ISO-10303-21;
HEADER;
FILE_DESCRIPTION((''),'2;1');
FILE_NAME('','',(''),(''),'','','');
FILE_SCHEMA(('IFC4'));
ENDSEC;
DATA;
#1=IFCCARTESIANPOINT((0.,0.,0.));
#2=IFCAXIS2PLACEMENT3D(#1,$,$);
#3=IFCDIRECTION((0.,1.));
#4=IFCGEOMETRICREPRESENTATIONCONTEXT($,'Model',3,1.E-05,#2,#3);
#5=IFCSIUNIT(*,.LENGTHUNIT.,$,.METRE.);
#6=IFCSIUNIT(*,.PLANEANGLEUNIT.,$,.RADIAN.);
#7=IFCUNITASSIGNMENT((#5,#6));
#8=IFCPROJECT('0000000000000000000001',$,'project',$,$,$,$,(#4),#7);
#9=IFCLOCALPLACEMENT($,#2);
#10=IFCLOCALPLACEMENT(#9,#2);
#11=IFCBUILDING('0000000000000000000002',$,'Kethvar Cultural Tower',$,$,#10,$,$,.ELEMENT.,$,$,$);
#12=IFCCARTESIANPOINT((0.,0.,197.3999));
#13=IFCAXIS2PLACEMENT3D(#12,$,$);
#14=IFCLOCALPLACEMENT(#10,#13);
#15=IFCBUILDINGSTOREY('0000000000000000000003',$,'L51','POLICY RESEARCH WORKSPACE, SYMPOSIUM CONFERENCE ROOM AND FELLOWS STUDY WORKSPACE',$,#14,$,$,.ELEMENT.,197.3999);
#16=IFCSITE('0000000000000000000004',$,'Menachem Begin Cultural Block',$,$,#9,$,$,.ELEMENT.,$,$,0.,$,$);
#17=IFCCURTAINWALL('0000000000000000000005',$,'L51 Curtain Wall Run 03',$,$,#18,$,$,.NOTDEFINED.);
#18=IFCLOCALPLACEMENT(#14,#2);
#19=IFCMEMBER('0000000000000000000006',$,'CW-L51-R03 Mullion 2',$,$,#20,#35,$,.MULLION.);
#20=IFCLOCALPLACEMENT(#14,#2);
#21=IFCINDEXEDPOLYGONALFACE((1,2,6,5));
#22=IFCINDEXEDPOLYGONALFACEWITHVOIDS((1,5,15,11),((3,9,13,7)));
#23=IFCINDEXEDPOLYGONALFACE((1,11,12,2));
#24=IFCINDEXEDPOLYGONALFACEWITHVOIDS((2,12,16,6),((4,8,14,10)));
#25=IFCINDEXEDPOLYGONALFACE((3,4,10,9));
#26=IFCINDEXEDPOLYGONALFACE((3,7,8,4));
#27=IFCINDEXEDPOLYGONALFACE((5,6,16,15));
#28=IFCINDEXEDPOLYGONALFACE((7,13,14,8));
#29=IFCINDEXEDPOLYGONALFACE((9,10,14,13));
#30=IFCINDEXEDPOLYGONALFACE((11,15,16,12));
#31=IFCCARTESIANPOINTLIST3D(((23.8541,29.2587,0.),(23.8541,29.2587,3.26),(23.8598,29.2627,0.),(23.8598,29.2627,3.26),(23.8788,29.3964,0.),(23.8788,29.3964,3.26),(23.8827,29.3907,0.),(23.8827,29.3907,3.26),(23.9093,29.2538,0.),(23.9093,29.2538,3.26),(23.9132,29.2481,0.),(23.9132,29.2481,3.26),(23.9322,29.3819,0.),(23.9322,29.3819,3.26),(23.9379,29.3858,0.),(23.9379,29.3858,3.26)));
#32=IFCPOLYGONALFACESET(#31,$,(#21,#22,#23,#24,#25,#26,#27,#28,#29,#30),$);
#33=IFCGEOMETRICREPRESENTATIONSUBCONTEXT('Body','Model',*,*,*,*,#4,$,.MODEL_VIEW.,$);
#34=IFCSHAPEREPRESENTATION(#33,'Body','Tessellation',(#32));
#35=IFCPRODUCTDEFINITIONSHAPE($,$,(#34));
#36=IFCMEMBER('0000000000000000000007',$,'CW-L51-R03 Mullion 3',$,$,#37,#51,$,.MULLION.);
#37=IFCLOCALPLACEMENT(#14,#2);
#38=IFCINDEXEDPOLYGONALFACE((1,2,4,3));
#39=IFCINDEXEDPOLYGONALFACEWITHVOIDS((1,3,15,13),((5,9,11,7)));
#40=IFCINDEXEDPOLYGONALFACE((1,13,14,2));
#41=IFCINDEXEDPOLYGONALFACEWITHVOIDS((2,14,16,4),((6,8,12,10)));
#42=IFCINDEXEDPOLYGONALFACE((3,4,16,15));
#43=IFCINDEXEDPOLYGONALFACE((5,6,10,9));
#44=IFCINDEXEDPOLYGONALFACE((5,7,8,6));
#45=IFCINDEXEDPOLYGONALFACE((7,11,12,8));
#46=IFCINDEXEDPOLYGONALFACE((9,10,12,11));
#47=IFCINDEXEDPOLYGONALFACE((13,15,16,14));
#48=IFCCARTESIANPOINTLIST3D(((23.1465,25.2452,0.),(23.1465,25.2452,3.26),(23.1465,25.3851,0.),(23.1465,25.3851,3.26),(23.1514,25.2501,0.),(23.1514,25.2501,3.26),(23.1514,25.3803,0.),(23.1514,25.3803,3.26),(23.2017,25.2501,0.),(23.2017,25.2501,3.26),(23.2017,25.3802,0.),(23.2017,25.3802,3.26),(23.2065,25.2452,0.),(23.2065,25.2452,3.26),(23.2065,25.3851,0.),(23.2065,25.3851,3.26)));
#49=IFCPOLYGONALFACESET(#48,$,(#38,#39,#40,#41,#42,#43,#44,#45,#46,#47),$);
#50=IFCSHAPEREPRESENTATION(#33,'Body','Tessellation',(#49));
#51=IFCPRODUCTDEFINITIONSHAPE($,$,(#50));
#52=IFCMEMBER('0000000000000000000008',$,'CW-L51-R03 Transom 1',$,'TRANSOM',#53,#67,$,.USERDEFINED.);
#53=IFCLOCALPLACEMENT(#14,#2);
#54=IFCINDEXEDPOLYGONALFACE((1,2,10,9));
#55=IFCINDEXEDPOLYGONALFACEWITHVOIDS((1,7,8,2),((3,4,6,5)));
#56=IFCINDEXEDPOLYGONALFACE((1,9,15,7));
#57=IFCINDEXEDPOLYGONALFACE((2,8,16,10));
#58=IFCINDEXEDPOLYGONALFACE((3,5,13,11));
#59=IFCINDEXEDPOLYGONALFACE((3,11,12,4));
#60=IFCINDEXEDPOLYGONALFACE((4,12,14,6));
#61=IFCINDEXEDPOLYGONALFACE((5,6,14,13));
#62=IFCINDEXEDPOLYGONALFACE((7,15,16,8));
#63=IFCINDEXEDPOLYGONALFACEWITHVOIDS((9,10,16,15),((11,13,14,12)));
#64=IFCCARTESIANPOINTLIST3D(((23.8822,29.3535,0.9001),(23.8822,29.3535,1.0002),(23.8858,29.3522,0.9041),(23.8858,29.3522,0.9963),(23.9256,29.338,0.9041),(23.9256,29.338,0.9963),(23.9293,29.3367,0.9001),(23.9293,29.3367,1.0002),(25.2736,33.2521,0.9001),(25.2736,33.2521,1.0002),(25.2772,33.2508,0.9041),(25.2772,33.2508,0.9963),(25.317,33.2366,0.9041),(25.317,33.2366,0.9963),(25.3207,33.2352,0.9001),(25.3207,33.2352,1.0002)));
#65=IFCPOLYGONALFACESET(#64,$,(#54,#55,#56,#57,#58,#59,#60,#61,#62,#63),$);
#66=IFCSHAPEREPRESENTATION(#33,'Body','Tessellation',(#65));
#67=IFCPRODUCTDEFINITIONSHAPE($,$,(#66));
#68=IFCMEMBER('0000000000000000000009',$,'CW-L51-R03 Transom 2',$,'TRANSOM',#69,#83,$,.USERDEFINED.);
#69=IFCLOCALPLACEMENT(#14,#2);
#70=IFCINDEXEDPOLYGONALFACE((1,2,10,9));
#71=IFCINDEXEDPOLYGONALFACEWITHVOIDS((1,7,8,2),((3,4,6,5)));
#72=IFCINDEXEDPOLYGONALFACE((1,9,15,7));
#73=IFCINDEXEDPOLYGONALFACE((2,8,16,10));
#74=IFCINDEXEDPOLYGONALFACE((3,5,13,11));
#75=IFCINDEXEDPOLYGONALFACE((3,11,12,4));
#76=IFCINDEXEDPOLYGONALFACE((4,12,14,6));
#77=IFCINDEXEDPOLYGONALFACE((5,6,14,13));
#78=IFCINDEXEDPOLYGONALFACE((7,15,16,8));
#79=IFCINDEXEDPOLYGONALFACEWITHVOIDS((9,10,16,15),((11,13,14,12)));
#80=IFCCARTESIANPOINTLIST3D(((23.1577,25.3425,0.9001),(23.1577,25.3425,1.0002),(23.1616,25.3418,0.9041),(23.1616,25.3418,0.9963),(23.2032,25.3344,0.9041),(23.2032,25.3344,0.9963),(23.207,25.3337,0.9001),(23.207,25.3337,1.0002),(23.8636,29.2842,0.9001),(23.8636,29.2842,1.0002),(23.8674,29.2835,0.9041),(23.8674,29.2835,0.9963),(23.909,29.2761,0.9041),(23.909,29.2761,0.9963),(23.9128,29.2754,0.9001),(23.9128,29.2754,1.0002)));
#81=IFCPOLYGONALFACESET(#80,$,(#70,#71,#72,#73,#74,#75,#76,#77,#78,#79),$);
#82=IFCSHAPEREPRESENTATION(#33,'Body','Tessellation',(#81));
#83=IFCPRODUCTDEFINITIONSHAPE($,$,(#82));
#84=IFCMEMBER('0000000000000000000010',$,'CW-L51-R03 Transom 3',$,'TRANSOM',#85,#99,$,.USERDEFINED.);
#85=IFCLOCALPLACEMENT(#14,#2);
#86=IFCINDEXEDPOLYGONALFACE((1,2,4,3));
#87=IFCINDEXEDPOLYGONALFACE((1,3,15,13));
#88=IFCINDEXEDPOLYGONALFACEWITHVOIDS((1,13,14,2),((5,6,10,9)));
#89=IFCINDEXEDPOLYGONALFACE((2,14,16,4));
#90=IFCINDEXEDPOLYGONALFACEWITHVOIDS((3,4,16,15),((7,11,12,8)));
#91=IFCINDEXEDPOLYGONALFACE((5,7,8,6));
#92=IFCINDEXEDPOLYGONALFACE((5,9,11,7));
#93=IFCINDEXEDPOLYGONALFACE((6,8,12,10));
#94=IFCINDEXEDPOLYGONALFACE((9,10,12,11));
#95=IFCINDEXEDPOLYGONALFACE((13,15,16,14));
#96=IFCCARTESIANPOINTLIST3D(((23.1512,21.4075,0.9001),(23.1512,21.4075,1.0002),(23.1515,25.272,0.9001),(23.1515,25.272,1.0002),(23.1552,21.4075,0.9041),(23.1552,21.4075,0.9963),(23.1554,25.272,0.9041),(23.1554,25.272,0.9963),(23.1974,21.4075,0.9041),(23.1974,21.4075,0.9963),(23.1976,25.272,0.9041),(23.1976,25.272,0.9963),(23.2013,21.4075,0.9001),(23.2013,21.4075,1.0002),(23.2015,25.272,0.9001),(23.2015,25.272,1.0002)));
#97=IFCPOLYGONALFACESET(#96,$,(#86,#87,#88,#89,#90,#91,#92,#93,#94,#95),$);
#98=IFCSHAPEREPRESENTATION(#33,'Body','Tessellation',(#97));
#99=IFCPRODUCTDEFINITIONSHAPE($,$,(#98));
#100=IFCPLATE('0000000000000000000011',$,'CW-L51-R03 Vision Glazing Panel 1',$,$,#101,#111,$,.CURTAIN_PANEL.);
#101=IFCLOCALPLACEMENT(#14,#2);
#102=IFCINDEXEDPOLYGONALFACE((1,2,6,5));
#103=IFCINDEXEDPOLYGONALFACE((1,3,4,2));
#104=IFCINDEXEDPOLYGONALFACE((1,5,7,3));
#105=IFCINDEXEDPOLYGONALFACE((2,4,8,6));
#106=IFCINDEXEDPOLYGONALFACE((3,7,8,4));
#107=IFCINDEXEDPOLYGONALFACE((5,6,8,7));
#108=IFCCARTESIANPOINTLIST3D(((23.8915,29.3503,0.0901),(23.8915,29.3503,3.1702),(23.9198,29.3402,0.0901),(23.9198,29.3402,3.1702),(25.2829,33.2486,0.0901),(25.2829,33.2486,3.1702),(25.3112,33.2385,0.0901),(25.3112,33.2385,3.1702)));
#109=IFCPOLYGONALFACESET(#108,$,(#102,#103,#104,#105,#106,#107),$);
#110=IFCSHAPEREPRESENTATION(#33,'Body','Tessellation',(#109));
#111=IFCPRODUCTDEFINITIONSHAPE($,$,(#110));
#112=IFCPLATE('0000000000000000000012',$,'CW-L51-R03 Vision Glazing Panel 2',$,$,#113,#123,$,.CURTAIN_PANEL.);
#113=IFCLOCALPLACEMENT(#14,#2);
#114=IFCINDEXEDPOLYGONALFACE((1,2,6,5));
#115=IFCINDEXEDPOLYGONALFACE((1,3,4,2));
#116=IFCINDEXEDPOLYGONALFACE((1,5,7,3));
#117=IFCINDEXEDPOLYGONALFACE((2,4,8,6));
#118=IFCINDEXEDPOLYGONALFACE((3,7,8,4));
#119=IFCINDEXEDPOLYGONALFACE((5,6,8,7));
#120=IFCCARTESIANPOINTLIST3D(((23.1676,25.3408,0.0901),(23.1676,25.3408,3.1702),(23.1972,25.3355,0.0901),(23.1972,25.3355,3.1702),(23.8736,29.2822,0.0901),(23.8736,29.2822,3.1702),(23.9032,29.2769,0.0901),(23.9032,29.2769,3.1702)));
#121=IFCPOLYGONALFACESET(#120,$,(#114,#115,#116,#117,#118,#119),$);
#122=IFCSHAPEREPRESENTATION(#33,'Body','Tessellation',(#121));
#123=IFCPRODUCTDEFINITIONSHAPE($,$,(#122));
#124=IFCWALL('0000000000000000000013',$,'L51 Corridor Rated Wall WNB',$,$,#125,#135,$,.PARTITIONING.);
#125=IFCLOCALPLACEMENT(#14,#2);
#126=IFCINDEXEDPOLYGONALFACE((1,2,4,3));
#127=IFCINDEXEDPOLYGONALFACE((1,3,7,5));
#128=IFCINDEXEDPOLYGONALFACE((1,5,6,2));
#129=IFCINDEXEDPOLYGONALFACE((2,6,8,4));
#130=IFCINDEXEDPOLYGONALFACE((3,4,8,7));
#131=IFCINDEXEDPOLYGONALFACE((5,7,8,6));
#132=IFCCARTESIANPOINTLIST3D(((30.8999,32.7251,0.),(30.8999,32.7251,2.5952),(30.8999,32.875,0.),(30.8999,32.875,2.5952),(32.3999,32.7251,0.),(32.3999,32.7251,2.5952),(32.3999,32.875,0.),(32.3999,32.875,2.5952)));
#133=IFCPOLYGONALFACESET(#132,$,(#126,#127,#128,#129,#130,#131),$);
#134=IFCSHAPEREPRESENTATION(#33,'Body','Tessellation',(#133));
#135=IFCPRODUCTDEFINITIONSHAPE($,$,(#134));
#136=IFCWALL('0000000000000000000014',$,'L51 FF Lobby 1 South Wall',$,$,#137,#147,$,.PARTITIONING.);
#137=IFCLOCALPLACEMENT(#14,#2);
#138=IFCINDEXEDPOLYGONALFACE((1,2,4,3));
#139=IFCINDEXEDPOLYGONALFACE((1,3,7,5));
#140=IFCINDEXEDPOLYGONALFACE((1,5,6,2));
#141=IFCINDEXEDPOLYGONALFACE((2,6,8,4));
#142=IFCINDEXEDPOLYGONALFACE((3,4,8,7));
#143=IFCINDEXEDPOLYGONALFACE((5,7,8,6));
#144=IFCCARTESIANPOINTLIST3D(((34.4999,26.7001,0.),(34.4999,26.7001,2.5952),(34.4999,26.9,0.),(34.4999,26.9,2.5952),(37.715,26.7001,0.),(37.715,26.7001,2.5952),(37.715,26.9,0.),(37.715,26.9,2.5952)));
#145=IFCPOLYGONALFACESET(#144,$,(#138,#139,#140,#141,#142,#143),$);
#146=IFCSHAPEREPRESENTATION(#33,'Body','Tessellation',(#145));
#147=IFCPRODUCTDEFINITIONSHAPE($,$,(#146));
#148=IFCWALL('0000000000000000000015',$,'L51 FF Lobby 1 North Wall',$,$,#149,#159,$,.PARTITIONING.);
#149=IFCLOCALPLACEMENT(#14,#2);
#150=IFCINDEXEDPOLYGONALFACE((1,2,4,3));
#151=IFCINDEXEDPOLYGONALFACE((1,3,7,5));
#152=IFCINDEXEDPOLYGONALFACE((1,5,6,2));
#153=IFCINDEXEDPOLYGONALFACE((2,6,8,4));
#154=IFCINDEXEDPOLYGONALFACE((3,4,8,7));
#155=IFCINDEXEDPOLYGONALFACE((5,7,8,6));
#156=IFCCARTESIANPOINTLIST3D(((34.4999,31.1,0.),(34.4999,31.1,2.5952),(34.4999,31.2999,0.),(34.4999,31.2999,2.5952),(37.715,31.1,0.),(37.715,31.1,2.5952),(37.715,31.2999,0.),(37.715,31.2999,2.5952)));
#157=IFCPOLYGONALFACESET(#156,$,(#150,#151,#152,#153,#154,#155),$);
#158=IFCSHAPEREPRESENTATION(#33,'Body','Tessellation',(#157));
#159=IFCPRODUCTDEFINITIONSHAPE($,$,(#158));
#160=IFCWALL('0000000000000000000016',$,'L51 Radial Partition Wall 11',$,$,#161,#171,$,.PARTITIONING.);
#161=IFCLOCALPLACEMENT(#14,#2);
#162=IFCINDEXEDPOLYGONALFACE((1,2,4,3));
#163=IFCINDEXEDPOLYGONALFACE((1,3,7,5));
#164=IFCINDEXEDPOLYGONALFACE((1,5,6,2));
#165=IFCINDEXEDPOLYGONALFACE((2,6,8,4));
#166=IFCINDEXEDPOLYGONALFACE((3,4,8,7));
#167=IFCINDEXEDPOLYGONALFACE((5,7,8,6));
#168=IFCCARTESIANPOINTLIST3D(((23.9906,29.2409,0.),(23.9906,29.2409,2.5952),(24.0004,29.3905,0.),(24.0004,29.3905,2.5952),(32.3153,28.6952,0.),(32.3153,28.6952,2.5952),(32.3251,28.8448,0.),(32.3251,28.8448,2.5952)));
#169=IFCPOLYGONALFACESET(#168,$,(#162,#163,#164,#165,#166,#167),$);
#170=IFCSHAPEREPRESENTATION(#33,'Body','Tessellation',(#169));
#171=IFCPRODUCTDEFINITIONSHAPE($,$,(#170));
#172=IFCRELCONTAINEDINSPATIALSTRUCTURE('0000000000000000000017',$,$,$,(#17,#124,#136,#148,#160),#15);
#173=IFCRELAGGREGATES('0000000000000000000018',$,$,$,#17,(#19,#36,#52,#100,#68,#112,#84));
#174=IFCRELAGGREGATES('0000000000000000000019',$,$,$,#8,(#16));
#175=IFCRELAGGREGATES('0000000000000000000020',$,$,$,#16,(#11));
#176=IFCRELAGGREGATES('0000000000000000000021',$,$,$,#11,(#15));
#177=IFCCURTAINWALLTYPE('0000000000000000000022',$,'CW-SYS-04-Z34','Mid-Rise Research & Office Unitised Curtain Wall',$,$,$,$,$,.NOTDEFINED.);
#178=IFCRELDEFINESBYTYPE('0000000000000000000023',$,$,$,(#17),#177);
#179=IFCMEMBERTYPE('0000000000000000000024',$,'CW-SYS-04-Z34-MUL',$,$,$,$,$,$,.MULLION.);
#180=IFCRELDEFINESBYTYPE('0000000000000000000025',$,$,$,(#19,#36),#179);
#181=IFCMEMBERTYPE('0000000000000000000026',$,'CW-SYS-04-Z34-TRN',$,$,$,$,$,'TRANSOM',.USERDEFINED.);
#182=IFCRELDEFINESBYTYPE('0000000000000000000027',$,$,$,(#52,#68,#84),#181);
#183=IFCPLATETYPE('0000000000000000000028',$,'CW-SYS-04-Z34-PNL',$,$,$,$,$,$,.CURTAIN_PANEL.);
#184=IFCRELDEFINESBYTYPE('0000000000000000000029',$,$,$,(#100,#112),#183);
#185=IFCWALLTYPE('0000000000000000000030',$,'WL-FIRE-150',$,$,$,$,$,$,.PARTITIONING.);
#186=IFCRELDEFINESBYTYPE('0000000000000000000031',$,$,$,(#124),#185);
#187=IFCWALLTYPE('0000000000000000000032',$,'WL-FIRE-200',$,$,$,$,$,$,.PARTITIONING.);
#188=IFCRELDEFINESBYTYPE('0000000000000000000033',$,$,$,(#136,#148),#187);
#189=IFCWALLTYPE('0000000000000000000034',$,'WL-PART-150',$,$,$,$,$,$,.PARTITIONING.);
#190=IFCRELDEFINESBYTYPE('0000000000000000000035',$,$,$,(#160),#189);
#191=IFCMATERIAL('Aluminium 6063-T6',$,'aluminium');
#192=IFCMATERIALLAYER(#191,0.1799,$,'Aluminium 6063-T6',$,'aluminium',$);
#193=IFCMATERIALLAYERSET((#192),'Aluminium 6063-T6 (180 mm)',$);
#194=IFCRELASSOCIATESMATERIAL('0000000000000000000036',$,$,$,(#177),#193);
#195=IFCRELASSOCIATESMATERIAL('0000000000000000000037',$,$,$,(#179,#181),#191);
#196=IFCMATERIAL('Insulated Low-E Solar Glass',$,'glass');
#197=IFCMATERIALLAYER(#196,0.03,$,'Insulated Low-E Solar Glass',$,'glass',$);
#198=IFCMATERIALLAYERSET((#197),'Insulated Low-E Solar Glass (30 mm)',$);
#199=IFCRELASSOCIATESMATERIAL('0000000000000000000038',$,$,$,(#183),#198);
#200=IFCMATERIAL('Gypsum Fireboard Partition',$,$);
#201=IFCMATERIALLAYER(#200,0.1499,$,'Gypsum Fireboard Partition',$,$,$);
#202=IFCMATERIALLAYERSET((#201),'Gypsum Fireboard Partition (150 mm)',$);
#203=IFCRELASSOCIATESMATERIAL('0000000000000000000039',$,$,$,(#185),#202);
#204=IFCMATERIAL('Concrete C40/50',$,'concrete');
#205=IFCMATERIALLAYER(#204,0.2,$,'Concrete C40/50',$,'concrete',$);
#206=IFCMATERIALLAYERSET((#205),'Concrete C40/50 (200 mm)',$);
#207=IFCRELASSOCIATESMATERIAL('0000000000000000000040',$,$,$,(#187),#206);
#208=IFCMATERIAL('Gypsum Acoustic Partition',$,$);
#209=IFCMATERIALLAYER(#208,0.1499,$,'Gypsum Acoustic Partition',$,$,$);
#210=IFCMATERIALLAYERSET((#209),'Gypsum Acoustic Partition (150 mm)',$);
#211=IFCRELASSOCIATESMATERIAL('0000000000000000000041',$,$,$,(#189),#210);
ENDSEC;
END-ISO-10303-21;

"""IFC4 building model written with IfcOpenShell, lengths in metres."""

from ifc_helpers import new_model, si_unit, direction, frame, frame_2d, origin, origin_2d, place, context, subcontext, project, spatial, rectangle, hollow_rectangle, extrude, source, transform, mapped, material, layer, layer_set, material_profile, profile_set, type_object, element, aggregate, save


model = new_model("IFC4")

# Units and contexts
model_context = context("Model", 3, precision=1e-05, world=origin(), true_north=direction((0.0, 1.0)))
body_context = subcontext(model_context, "Body", "Model", "MODEL_VIEW")
ifc_project = project(units=[si_unit("LENGTHUNIT", "METRE"), si_unit("PLANEANGLEUNIT", "RADIAN")], contexts=[model_context])

# Site, building, storey
site_placement = place(None, origin())
site = spatial("IfcSite", under=ifc_project, at=site_placement, Name="Menachem Begin Cultural Block", CompositionType="ELEMENT", RefElevation=0.0)
building_placement = place(site_placement, origin())
building = spatial("IfcBuilding", under=site, at=building_placement, Name="Kethvar Cultural Tower", CompositionType="ELEMENT")
storey_placement = place(building_placement, frame((0.0, 0.0, 197.3999)))
storey = spatial("IfcBuildingStorey", under=building, at=storey_placement, Name="L51", Description="POLICY RESEARCH WORKSPACE, SYMPOSIUM CONFERENCE ROOM AND FELLOWS STUDY WORKSPACE", CompositionType="ELEMENT", Elevation=197.3999)

# Shared definitions
ifc_material_1 = material(Name="Aluminium 6063-T6", Category="aluminium")
ifc_layer_1 = layer(ifc_material_1, 0.1799, Name="Aluminium 6063-T6", Category="aluminium")
ifc_layer_set_1 = layer_set([ifc_layer_1], Name="Aluminium 6063-T6 (180 mm)")
curtain_wall_type = type_object("IfcCurtainWallType", Name="CW-SYS-04-Z34", Description="Mid-Rise Research & Office Unitised Curtain Wall", PredefinedType="NOTDEFINED", material=ifc_layer_set_1)
ifc_material_profile_1 = material_profile(ifc_material_1, hollow_rectangle(XDim=0.0601, YDim=0.1399, WallThickness=0.0049, at=origin_2d()), Name="Aluminium 6063-T6 — RHS140x60x5")
ifc_profile_set_1 = profile_set([ifc_material_profile_1], Name="Aluminium 6063-T6 — RHS140x60x5")
member_type_1 = type_object("IfcMemberType", Name="CW-SYS-04-Z34-MUL", PredefinedType="MULLION", material=ifc_profile_set_1)
shared_shape_1 = source(origin(), body_context, "Body", "SweptSolid", [
    extrude(hollow_rectangle(XDim=0.0601, YDim=0.1399, WallThickness=0.0049, at=origin_2d()), origin(), (0.0, 0.0, 1.0), 3.26),
])

# Curtain wall, members, plates
curtain_wall_1_placement = place(storey_placement, origin())
curtain_wall_1 = element("IfcCurtainWall", 1, at=curtain_wall_1_placement, inside=storey, type_object=curtain_wall_type, Name="L51 Curtain Wall Run 03", PredefinedType="NOTDEFINED")
member_1_placement = place(storey_placement, frame((23.896, 29.3223, 0.0), z_axis=(0.0, 0.0, 1.0), x_axis=(0.984334, -0.176312, 0.0)))
member_1 = element("IfcMember", 2, at=member_1_placement, type_object=member_type_1, Name="CW-L51-R03 Mullion 2", PredefinedType="MULLION", context=body_context, shape_type="MappedRepresentation", body=[
    mapped(shared_shape_1, transform((0.0, 0.0, 0.0), scale=1.0)),
])
member_2_placement = place(storey_placement, frame((23.1765, 25.3152, 0.0), z_axis=(0.0, 0.0, 1.0), x_axis=(1.0, -0.000052, 0.0)))
member_2 = element("IfcMember", 3, at=member_2_placement, type_object=member_type_1, Name="CW-L51-R03 Mullion 3", PredefinedType="MULLION", context=body_context, shape_type="MappedRepresentation", body=[
    mapped(shared_shape_1, transform((0.0, 0.0, 0.0), scale=1.0)),
])
ifc_material_profile_2 = material_profile(ifc_material_1, hollow_rectangle(XDim=0.05, YDim=0.1001, WallThickness=0.0039, at=origin_2d()), Name="Aluminium 6063-T6 — RHS100x50x4")
ifc_profile_set_2 = profile_set([ifc_material_profile_2], Name="Aluminium 6063-T6 — RHS100x50x4")
member_type_2 = type_object("IfcMemberType", Name="CW-SYS-04-Z34-TRN", ElementType="TRANSOM", PredefinedType="USERDEFINED", material=ifc_profile_set_2)
shared_shape_2 = source(origin(), body_context, "Body", "SweptSolid", [
    extrude(hollow_rectangle(XDim=0.05, YDim=0.1001, WallThickness=0.0039, at=origin_2d()), origin(), (0.0, 0.0, 1.0), 4.1394),
])
member_3_placement = place(storey_placement, frame((25.2971, 33.2437, 0.9502), z_axis=(-0.336135, -0.941814, 0.0), x_axis=(0.941814, -0.336135, 0.0)))
member_3 = element("IfcMember", 4, at=member_3_placement, type_object=member_type_2, Name="CW-L51-R03 Transom 1", ObjectType="TRANSOM", PredefinedType="USERDEFINED", context=body_context, shape_type="MappedRepresentation", body=[
    mapped(shared_shape_2, transform((0.0, 0.0, 0.0), scale=1.0)),
])
shared_shape_3 = source(origin(), body_context, "Body", "SweptSolid", [
    extrude(hollow_rectangle(XDim=0.05, YDim=0.1001, WallThickness=0.0039, at=origin_2d()), origin(), (0.0, 0.0, 1.0), 4.0044),
])
member_4_placement = place(storey_placement, frame((23.8882, 29.2798, 0.9502), z_axis=(-0.176261, -0.984343, 0.0), x_axis=(0.984343, -0.176261, 0.0)))
member_4 = element("IfcMember", 5, at=member_4_placement, type_object=member_type_2, Name="CW-L51-R03 Transom 2", ObjectType="TRANSOM", PredefinedType="USERDEFINED", context=body_context, shape_type="MappedRepresentation", body=[
    mapped(shared_shape_3, transform((0.0, 0.0, 0.0), scale=1.0)),
])
shared_shape_4 = source(origin(), body_context, "Body", "SweptSolid", [
    extrude(hollow_rectangle(XDim=0.05, YDim=0.1001, WallThickness=0.0039, at=origin_2d()), origin(), (0.0, 0.0, 1.0), 3.8645),
])
member_5_placement = place(storey_placement, frame((23.1765, 25.272, 0.9502), z_axis=(-0.000063, -1.0, 0.0), x_axis=(1.0, -0.000063, 0.0)))
member_5 = element("IfcMember", 6, at=member_5_placement, type_object=member_type_2, Name="CW-L51-R03 Transom 3", ObjectType="TRANSOM", PredefinedType="USERDEFINED", context=body_context, shape_type="MappedRepresentation", body=[
    mapped(shared_shape_4, transform((0.0, 0.0, 0.0), scale=1.0)),
])
ifc_material_2 = material(Name="Insulated Low-E Solar Glass", Category="glass")
ifc_layer_2 = layer(ifc_material_2, 0.03, Name="Insulated Low-E Solar Glass", Category="glass")
ifc_layer_set_2 = layer_set([ifc_layer_2], Name="Insulated Low-E Solar Glass (30 mm)")
plate_type = type_object("IfcPlateType", Name="CW-SYS-04-Z34-PNL", PredefinedType="CURTAIN_PANEL", material=ifc_layer_set_2)
shared_shape_5 = source(origin(), body_context, "Body", "SweptSolid", [
    extrude(rectangle(XDim=4.1392, YDim=0.03, at=origin_2d()), origin(), (0.0, 0.0, 1.0), 3.0801),
])
plate_1_placement = place(storey_placement, frame((24.6013, 31.2944, 0.0901), z_axis=(0.0, 0.0, 1.0), x_axis=(-0.336158, -0.941805, 0.0)))
plate_1 = element("IfcPlate", 7, at=plate_1_placement, type_object=plate_type, Name="CW-L51-R03 Vision Glazing Panel 1", PredefinedType="CURTAIN_PANEL", context=body_context, shape_type="MappedRepresentation", body=[
    mapped(shared_shape_5, transform((0.0, 0.0, 0.0), scale=1.0)),
])
shared_shape_6 = source(origin(), body_context, "Body", "SweptSolid", [
    extrude(rectangle(XDim=4.0042, YDim=0.03, at=origin_2d()), origin(), (0.0, 0.0, 1.0), 3.0801),
])
plate_2_placement = place(storey_placement, frame((23.5354, 27.3088, 0.0901), z_axis=(0.0, 0.0, 1.0), x_axis=(-0.176312, -0.984334, 0.0)))
plate_2 = element("IfcPlate", 8, at=plate_2_placement, type_object=plate_type, Name="CW-L51-R03 Vision Glazing Panel 2", PredefinedType="CURTAIN_PANEL", context=body_context, shape_type="MappedRepresentation", body=[
    mapped(shared_shape_6, transform((0.0, 0.0, 0.0), scale=1.0)),
])
aggregate(curtain_wall_1, [member_1, member_2, member_3, plate_1, member_4, plate_2, member_5])

# Wall
ifc_material_3 = material(Name="Gypsum Fireboard Partition")
ifc_layer_3 = layer(ifc_material_3, 0.1499, Name="Gypsum Fireboard Partition")
ifc_layer_set_3 = layer_set([ifc_layer_3], Name="Gypsum Fireboard Partition (150 mm)")
wall_type_1 = type_object("IfcWallType", Name="WL-FIRE-150", PredefinedType="PARTITIONING", material=ifc_layer_set_3)
wall_1_placement = place(storey_placement, frame((30.8999, 32.8, 0.0), z_axis=(0.0, 0.0, 1.0), x_axis=(1.0, 0.0, 0.0)))
element("IfcWall", 9, at=wall_1_placement, inside=storey, type_object=wall_type_1, Name="L51 Corridor Rated Wall WNB", PredefinedType="PARTITIONING", context=body_context, shape_type="SweptSolid", body=[
    extrude(rectangle(XDim=1.5, YDim=0.1499, at=frame_2d((0.75, 0.0))), origin(), (0.0, 0.0, 1.0), 2.5952),
])

# Shared definitions
ifc_material_4 = material(Name="Concrete C40/50", Category="concrete")
ifc_layer_4 = layer(ifc_material_4, 0.2, Name="Concrete C40/50", Category="concrete")
ifc_layer_set_4 = layer_set([ifc_layer_4], Name="Concrete C40/50 (200 mm)")
wall_type_2 = type_object("IfcWallType", Name="WL-FIRE-200", PredefinedType="PARTITIONING", material=ifc_layer_set_4)

# Walls
for number, where, z_axis, x_axis, name in (
    (10, (34.5, 26.8, 0.0), (0.0, 0.0, 1.0), (1.0, 0.0, 0.0), "L51 FF Lobby 1 South Wall"),
    (11, (34.5, 31.2, 0.0), (0.0, 0.0, 1.0), (1.0, 0.0, 0.0), "L51 FF Lobby 1 North Wall"),
):
    element("IfcWall", number, at=place(storey_placement, frame(where, z_axis=z_axis, x_axis=x_axis)), inside=storey, type_object=wall_type_2, Name=name, PredefinedType="PARTITIONING", context=body_context, shape_type="SweptSolid", body=[
        extrude(rectangle(XDim=3.2151, YDim=0.2, at=frame_2d((1.6074, 0.0))), origin(), (0.0, 0.0, 1.0), 2.5952),
    ])
ifc_material_5 = material(Name="Gypsum Acoustic Partition")
ifc_layer_5 = layer(ifc_material_5, 0.1499, Name="Gypsum Acoustic Partition")
ifc_layer_set_5 = layer_set([ifc_layer_5], Name="Gypsum Acoustic Partition (150 mm)")
wall_type_3 = type_object("IfcWallType", Name="WL-PART-150", PredefinedType="PARTITIONING", material=ifc_layer_set_5)
wall_2_placement = place(storey_placement, frame((32.3203, 28.77, 0.0), z_axis=(0.0, 0.0, 1.0), x_axis=(-0.997859, 0.065406, 0.0)))
element("IfcWall", 12, at=wall_2_placement, inside=storey, type_object=wall_type_3, Name="L51 Radial Partition Wall 11", PredefinedType="PARTITIONING", context=body_context, shape_type="SweptSolid", body=[
    extrude(rectangle(XDim=8.3425, YDim=0.1499, at=frame_2d((4.1714, 0.0))), origin(), (0.0, 0.0, 1.0), 2.5952),
])

save(model, "model.ifc")
